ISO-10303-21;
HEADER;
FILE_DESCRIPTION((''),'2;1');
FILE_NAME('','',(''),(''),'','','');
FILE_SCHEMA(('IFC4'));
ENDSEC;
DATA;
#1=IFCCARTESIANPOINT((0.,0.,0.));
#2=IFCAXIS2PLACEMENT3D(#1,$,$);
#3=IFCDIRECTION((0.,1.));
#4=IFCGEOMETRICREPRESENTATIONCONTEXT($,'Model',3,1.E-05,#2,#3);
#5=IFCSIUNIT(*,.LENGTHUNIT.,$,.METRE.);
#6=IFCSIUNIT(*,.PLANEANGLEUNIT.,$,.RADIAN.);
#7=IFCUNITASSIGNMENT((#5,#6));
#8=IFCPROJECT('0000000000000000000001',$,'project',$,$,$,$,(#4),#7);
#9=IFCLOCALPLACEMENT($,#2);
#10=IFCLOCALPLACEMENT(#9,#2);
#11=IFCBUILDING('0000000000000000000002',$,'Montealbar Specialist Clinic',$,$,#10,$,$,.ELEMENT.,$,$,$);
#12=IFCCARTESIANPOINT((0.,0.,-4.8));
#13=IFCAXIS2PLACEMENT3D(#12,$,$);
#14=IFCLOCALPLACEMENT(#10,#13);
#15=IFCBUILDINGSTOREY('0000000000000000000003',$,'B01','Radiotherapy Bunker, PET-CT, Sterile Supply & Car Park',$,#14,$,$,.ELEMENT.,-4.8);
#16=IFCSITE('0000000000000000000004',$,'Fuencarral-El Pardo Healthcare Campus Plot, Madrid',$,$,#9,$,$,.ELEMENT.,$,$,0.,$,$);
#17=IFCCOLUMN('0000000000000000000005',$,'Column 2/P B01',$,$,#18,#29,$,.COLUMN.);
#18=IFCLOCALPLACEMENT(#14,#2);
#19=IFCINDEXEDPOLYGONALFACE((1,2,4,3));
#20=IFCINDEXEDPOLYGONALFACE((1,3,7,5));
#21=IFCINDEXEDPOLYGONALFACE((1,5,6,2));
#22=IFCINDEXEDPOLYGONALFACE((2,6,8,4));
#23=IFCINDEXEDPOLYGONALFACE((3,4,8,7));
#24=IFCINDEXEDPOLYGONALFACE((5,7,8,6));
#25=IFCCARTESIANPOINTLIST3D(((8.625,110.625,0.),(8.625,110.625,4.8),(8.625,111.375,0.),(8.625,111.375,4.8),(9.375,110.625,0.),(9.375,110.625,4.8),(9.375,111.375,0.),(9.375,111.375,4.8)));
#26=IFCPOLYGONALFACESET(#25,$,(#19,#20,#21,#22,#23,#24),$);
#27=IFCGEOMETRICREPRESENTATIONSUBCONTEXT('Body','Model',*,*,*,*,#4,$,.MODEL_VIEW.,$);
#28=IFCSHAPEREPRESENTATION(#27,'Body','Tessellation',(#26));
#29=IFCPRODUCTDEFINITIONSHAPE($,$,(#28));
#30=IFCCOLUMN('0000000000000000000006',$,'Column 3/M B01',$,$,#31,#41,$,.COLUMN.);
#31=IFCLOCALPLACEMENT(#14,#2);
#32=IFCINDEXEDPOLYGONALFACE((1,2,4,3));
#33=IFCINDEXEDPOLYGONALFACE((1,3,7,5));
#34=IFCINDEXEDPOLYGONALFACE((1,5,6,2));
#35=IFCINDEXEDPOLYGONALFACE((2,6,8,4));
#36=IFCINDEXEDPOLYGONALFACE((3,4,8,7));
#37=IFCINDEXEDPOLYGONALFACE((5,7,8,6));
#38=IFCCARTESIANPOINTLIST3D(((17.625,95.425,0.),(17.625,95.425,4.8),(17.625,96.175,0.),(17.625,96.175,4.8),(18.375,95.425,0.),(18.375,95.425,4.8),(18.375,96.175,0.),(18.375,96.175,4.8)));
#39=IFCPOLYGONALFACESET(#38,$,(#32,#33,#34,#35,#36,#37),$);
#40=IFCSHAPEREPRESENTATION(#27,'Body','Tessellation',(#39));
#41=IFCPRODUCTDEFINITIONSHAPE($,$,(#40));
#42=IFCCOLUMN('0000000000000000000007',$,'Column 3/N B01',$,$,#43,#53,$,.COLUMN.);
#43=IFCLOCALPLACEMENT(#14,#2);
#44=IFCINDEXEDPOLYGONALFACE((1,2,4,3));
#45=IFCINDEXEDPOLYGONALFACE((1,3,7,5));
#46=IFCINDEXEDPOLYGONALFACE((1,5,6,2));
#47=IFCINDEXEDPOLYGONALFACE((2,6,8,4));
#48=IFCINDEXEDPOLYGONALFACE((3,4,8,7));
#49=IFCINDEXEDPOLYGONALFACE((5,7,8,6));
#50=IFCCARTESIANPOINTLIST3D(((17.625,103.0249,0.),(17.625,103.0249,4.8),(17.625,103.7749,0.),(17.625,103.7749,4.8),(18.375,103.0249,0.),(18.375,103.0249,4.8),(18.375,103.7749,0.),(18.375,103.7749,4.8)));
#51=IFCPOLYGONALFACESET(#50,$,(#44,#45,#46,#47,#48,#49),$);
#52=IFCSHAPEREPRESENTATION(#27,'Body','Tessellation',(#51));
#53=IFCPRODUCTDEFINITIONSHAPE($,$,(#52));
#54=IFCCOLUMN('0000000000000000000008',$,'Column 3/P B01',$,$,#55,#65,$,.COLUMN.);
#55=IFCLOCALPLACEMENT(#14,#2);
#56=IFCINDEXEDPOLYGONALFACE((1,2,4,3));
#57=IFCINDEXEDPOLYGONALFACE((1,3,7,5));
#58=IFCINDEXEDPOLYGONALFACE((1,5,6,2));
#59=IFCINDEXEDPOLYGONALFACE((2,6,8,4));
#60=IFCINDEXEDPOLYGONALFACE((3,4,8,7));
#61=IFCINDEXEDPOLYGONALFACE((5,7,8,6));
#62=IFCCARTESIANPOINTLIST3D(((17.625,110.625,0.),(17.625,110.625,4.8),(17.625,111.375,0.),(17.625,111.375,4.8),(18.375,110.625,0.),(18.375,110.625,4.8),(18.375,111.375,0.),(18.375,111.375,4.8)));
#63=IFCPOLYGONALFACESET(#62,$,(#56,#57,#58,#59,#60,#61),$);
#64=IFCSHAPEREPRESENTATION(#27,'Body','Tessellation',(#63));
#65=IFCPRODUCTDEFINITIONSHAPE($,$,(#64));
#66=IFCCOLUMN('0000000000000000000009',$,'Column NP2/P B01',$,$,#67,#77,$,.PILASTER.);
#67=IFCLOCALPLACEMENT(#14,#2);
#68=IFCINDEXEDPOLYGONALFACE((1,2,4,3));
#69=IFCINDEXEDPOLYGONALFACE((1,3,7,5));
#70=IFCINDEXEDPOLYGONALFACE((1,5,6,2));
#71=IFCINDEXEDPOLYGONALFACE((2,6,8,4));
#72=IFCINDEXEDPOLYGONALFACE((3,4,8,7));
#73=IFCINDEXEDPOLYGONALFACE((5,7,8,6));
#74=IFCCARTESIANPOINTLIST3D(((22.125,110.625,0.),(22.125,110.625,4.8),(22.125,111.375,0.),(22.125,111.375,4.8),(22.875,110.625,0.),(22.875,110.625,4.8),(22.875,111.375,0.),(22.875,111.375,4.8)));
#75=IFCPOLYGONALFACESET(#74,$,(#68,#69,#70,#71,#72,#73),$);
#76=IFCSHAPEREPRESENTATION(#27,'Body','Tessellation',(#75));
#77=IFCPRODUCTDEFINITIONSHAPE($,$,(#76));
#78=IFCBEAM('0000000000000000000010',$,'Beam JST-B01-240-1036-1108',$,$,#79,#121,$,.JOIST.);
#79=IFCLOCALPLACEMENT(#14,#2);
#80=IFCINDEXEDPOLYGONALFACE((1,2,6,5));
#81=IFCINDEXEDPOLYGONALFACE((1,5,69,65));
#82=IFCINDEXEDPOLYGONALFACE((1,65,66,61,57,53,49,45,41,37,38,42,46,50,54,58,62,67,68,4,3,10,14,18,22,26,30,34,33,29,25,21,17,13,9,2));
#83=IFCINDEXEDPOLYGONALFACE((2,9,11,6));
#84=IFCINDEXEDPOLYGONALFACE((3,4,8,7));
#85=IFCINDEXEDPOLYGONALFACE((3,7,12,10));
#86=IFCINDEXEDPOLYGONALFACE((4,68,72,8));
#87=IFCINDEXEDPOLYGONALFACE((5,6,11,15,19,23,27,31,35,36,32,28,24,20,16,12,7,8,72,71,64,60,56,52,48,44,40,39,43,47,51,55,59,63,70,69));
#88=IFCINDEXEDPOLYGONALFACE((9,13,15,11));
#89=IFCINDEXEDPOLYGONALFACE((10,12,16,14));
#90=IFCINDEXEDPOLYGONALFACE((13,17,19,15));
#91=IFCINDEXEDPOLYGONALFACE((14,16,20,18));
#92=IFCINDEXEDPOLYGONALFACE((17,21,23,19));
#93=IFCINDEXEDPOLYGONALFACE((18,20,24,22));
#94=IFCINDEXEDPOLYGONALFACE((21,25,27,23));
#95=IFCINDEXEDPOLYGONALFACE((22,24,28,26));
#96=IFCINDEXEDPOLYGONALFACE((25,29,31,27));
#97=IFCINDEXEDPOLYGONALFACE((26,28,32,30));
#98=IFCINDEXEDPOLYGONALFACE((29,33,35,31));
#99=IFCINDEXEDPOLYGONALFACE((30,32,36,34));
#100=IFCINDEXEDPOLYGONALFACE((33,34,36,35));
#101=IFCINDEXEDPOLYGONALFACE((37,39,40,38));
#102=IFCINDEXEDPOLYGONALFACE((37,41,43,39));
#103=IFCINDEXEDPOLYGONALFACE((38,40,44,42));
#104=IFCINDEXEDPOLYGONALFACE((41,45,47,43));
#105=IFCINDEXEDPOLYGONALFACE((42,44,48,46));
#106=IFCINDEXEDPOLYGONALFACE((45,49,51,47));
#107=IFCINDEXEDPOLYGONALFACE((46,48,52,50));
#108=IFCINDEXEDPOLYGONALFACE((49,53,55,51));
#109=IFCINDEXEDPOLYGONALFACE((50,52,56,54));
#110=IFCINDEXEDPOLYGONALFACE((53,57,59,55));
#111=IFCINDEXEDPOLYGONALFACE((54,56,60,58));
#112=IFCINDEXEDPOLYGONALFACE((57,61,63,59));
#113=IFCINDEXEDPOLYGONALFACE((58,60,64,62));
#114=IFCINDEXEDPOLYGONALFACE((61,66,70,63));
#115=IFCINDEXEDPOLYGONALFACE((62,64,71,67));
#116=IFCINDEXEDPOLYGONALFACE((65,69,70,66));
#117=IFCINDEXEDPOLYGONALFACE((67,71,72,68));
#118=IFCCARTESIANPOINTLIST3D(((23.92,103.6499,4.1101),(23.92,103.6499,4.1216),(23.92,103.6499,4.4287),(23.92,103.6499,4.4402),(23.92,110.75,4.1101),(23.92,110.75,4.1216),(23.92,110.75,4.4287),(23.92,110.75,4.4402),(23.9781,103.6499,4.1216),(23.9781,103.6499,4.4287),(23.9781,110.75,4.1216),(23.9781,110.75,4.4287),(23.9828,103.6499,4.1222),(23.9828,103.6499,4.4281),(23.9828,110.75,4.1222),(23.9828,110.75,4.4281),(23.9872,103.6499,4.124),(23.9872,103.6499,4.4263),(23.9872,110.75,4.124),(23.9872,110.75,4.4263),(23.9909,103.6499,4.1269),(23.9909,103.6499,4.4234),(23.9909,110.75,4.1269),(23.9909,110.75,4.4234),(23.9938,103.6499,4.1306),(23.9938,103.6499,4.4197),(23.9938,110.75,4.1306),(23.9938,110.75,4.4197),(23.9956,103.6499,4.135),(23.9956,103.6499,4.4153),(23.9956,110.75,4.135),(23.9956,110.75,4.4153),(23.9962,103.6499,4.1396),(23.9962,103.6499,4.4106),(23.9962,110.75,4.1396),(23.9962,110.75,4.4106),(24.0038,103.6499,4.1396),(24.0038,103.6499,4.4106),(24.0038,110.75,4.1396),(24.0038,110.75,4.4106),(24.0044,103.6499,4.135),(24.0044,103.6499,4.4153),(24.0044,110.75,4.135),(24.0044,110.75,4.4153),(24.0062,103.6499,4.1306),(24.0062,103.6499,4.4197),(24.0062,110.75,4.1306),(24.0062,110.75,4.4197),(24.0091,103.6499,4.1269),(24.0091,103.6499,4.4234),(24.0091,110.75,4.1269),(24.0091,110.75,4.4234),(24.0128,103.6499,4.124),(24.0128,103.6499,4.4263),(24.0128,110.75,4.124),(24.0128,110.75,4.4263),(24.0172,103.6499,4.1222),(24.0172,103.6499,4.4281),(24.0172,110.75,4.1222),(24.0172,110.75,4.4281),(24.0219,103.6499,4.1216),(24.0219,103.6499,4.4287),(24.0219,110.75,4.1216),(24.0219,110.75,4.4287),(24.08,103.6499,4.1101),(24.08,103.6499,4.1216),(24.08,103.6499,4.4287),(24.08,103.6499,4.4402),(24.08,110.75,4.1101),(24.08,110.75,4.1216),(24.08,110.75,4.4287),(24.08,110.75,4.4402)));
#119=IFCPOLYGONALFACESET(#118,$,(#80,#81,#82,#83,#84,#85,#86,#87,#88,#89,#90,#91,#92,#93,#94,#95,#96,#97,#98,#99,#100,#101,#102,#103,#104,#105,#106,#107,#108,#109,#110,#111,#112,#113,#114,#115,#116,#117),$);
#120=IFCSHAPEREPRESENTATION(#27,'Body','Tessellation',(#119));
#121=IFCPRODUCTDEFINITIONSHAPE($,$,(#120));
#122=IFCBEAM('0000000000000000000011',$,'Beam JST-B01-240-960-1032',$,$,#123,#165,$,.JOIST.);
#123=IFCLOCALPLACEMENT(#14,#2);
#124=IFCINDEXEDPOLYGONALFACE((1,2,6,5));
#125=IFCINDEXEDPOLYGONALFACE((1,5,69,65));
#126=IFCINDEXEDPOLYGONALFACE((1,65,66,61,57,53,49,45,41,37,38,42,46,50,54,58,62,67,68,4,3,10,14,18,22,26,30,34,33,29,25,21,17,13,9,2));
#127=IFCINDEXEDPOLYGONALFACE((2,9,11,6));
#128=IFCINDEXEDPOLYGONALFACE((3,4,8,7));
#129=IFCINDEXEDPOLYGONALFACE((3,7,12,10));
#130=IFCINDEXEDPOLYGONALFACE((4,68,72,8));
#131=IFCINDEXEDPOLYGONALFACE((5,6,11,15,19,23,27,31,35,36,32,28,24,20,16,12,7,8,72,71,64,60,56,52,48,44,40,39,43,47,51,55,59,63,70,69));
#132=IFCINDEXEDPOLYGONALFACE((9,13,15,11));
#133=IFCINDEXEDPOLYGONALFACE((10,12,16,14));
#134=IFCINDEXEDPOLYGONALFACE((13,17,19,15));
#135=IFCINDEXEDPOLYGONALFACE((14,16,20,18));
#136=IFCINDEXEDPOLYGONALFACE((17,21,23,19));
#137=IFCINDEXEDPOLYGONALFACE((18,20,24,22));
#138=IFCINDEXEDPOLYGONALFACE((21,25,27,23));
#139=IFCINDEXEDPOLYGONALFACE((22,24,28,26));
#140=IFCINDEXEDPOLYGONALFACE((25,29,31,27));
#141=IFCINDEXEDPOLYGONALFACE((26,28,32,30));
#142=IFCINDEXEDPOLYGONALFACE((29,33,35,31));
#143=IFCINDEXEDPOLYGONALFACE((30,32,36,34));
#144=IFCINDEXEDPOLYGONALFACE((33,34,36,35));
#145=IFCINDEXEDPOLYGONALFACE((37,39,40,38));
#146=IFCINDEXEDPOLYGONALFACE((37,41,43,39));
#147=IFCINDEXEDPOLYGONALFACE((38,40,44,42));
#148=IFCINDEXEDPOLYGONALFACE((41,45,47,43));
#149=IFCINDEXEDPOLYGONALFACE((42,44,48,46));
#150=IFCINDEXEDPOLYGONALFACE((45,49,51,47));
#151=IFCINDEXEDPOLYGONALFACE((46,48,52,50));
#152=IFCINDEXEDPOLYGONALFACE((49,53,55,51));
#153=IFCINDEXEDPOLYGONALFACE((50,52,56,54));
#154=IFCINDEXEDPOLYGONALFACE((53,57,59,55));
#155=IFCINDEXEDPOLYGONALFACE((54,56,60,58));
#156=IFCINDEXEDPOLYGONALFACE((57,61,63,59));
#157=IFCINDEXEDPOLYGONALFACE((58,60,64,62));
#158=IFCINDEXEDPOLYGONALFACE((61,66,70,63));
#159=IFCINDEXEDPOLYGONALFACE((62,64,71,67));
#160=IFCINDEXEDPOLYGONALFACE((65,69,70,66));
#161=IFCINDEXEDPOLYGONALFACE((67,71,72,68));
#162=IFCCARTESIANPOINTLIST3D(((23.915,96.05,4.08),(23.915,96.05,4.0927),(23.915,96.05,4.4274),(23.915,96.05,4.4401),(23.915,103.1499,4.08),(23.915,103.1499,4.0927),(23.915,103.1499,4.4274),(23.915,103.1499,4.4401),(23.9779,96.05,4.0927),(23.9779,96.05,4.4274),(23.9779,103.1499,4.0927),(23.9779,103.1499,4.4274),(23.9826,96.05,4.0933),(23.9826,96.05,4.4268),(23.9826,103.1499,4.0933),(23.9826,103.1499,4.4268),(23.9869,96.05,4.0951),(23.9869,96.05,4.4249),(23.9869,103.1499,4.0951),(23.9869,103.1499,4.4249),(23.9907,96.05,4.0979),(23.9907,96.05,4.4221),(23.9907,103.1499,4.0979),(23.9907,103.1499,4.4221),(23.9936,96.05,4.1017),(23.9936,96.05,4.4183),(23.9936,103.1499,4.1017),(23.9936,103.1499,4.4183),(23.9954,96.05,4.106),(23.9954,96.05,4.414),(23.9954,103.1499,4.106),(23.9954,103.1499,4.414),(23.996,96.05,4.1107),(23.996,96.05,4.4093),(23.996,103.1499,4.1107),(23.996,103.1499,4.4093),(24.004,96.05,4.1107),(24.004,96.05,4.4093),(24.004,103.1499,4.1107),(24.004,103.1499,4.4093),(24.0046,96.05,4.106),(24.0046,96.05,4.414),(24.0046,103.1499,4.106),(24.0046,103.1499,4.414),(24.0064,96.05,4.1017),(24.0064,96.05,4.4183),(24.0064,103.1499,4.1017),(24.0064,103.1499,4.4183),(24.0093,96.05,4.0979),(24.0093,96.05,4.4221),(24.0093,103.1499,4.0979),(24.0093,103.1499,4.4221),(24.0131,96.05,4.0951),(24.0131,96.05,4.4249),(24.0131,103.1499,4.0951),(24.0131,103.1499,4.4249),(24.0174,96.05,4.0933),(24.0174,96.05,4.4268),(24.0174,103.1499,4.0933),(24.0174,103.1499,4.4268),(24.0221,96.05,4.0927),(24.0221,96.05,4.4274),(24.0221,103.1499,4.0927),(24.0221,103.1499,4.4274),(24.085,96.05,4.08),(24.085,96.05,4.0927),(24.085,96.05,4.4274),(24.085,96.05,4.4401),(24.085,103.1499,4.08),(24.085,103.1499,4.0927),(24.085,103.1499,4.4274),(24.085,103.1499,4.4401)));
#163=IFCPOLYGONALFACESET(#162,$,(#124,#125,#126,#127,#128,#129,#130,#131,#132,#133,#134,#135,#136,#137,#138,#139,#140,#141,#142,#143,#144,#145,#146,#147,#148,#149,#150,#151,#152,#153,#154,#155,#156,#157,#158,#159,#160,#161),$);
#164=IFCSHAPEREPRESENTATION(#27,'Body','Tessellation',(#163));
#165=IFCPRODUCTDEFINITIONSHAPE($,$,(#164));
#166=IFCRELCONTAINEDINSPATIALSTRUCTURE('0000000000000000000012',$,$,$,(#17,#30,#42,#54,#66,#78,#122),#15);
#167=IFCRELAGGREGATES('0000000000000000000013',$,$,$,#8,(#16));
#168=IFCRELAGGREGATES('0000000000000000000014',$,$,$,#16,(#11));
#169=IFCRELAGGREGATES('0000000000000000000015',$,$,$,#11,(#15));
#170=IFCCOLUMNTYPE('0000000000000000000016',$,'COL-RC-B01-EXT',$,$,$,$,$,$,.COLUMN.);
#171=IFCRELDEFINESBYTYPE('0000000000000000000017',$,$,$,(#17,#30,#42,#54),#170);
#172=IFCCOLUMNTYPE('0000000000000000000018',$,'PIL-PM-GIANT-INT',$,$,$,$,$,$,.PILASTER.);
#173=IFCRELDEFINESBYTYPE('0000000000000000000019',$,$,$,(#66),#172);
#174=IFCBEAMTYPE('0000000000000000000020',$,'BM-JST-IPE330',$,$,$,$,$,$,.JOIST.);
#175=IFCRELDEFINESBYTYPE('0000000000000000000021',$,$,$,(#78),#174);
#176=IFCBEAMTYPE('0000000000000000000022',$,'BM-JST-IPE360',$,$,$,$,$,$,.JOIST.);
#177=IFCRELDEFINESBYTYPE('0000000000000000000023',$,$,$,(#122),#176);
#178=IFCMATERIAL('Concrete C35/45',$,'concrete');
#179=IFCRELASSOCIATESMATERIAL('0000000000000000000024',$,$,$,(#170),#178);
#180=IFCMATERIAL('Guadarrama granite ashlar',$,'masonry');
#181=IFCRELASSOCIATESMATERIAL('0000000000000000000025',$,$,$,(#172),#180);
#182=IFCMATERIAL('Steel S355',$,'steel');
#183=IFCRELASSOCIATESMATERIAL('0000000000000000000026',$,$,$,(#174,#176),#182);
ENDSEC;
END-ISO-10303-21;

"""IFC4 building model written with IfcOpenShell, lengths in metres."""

from ifc_helpers import new_model, si_unit, direction, frame, origin, origin_2d, place, context, subcontext, project, spatial, rectangle, i_section, extrude, material, material_profile, profile_set, type_object, element, save


model = new_model("IFC4")

# Units and contexts
model_context = context("Model", 3, precision=1e-05, world=origin(), true_north=direction((0.0, 1.0)))
body_context = subcontext(model_context, "Body", "Model", "MODEL_VIEW")
ifc_project = project(units=[si_unit("LENGTHUNIT", "METRE"), si_unit("PLANEANGLEUNIT", "RADIAN")], contexts=[model_context])

# Site, building, storey
site_placement = place(None, origin())
site = spatial("IfcSite", under=ifc_project, at=site_placement, Name="Fuencarral-El Pardo Healthcare Campus Plot, Madrid", CompositionType="ELEMENT", RefElevation=0.0)
building_placement = place(site_placement, origin())
building = spatial("IfcBuilding", under=site, at=building_placement, Name="Montealbar Specialist Clinic", CompositionType="ELEMENT")
storey_placement = place(building_placement, frame((0.0, 0.0, -4.8)))
storey = spatial("IfcBuildingStorey", under=building, at=storey_placement, Name="B01", Description="Radiotherapy Bunker, PET-CT, Sterile Supply & Car Park", CompositionType="ELEMENT", Elevation=-4.8)

# Shared definitions
ifc_material_1 = material(Name="Concrete C35/45", Category="concrete")

# Columns
ifc_material_profile_1 = material_profile(ifc_material_1, rectangle(XDim=0.75, YDim=0.75, at=origin_2d()), Name="RC 750x750", Category="concrete")
ifc_profile_set_1 = profile_set([ifc_material_profile_1], Name="Concrete C35/45")
column_type_1 = type_object("IfcColumnType", Name="COL-RC-B01-EXT", PredefinedType="COLUMN", material=ifc_profile_set_1)
for number, where, z_axis, x_axis, name in (
    (1, (9.0, 111.0, 0.0), (0.0, 0.0, 1.0), (1.0, 0.0, 0.0), "Column 2/P B01"),
    (2, (18.0, 95.8, 0.0), (0.0, 0.0, 1.0), (1.0, 0.0, 0.0), "Column 3/M B01"),
    (3, (18.0, 103.3999, 0.0), (0.0, 0.0, 1.0), (1.0, 0.0, 0.0), "Column 3/N B01"),
    (4, (18.0, 111.0, 0.0), (0.0, 0.0, 1.0), (1.0, 0.0, 0.0), "Column 3/P B01"),
):
    element("IfcColumn", number, at=place(storey_placement, frame(where, z_axis=z_axis, x_axis=x_axis)), inside=storey, type_object=column_type_1, Name=name, PredefinedType="COLUMN", context=body_context, shape_type="SweptSolid", body=[
        extrude(rectangle(XDim=0.75, YDim=0.75, at=origin_2d()), origin(), (0.0, 0.0, 1.0), 4.8),
    ])
ifc_material_2 = material(Name="Guadarrama granite ashlar", Category="masonry")
ifc_material_profile_2 = material_profile(ifc_material_2, rectangle(XDim=0.75, YDim=0.75, at=origin_2d()), Name="GRANITE PILASTER 750x750", Category="masonry")
ifc_profile_set_2 = profile_set([ifc_material_profile_2], Name="Guadarrama granite ashlar")
column_type_2 = type_object("IfcColumnType", Name="PIL-PM-GIANT-INT", PredefinedType="PILASTER", material=ifc_profile_set_2)
column_placement = place(storey_placement, frame((22.5, 111.0, 0.0), z_axis=(0.0, 0.0, 1.0), x_axis=(1.0, 0.0, 0.0)))
element("IfcColumn", 5, at=column_placement, inside=storey, type_object=column_type_2, Name="Column NP2/P B01", PredefinedType="PILASTER", context=body_context, shape_type="SweptSolid", body=[
    extrude(rectangle(XDim=0.75, YDim=0.75, at=origin_2d()), origin(), (0.0, 0.0, 1.0), 4.8),
])

# Beams
ifc_material_3 = material(Name="Steel S355", Category="steel")
ifc_material_profile_3 = material_profile(ifc_material_3, i_section(OverallWidth=0.1599, OverallDepth=0.3301, WebThickness=0.0076, FlangeThickness=0.0115, FilletRadius=0.0181, at=origin_2d()), Name="IPE 330", Category="steel")
ifc_profile_set_3 = profile_set([ifc_material_profile_3], Name="Steel S355")
beam_type_1 = type_object("IfcBeamType", Name="BM-JST-IPE330", PredefinedType="JOIST", material=ifc_profile_set_3)
beam_1_placement = place(storey_placement, frame((24.0, 103.6499, 4.2751), z_axis=(0.0, 1.0, 0.0), x_axis=(-1.0, 0.0, 0.0)))
element("IfcBeam", 6, at=beam_1_placement, inside=storey, type_object=beam_type_1, Name="Beam JST-B01-240-1036-1108", PredefinedType="JOIST", context=body_context, shape_type="SweptSolid", body=[
    extrude(i_section(OverallWidth=0.1599, OverallDepth=0.3301, WebThickness=0.0076, FlangeThickness=0.0115, FilletRadius=0.0181, at=origin_2d()), origin(), (0.0, 0.0, 1.0), 7.1001),
])
ifc_material_profile_4 = material_profile(ifc_material_3, i_section(OverallWidth=0.1699, OverallDepth=0.3601, WebThickness=0.0081, FlangeThickness=0.0127, FilletRadius=0.0181, at=origin_2d()), Name="IPE 360", Category="steel")
ifc_profile_set_4 = profile_set([ifc_material_profile_4], Name="Steel S355")
beam_type_2 = type_object("IfcBeamType", Name="BM-JST-IPE360", PredefinedType="JOIST", material=ifc_profile_set_4)
beam_2_placement = place(storey_placement, frame((24.0, 96.05, 4.26), z_axis=(0.0, 1.0, 0.0), x_axis=(-1.0, 0.0, 0.0)))
element("IfcBeam", 7, at=beam_2_placement, inside=storey, type_object=beam_type_2, Name="Beam JST-B01-240-960-1032", PredefinedType="JOIST", context=body_context, shape_type="SweptSolid", body=[
    extrude(i_section(OverallWidth=0.1699, OverallDepth=0.3601, WebThickness=0.0081, FlangeThickness=0.0127, FilletRadius=0.0181, at=origin_2d()), origin(), (0.0, 0.0, 1.0), 7.0999),
])

save(model, "model.ifc")
